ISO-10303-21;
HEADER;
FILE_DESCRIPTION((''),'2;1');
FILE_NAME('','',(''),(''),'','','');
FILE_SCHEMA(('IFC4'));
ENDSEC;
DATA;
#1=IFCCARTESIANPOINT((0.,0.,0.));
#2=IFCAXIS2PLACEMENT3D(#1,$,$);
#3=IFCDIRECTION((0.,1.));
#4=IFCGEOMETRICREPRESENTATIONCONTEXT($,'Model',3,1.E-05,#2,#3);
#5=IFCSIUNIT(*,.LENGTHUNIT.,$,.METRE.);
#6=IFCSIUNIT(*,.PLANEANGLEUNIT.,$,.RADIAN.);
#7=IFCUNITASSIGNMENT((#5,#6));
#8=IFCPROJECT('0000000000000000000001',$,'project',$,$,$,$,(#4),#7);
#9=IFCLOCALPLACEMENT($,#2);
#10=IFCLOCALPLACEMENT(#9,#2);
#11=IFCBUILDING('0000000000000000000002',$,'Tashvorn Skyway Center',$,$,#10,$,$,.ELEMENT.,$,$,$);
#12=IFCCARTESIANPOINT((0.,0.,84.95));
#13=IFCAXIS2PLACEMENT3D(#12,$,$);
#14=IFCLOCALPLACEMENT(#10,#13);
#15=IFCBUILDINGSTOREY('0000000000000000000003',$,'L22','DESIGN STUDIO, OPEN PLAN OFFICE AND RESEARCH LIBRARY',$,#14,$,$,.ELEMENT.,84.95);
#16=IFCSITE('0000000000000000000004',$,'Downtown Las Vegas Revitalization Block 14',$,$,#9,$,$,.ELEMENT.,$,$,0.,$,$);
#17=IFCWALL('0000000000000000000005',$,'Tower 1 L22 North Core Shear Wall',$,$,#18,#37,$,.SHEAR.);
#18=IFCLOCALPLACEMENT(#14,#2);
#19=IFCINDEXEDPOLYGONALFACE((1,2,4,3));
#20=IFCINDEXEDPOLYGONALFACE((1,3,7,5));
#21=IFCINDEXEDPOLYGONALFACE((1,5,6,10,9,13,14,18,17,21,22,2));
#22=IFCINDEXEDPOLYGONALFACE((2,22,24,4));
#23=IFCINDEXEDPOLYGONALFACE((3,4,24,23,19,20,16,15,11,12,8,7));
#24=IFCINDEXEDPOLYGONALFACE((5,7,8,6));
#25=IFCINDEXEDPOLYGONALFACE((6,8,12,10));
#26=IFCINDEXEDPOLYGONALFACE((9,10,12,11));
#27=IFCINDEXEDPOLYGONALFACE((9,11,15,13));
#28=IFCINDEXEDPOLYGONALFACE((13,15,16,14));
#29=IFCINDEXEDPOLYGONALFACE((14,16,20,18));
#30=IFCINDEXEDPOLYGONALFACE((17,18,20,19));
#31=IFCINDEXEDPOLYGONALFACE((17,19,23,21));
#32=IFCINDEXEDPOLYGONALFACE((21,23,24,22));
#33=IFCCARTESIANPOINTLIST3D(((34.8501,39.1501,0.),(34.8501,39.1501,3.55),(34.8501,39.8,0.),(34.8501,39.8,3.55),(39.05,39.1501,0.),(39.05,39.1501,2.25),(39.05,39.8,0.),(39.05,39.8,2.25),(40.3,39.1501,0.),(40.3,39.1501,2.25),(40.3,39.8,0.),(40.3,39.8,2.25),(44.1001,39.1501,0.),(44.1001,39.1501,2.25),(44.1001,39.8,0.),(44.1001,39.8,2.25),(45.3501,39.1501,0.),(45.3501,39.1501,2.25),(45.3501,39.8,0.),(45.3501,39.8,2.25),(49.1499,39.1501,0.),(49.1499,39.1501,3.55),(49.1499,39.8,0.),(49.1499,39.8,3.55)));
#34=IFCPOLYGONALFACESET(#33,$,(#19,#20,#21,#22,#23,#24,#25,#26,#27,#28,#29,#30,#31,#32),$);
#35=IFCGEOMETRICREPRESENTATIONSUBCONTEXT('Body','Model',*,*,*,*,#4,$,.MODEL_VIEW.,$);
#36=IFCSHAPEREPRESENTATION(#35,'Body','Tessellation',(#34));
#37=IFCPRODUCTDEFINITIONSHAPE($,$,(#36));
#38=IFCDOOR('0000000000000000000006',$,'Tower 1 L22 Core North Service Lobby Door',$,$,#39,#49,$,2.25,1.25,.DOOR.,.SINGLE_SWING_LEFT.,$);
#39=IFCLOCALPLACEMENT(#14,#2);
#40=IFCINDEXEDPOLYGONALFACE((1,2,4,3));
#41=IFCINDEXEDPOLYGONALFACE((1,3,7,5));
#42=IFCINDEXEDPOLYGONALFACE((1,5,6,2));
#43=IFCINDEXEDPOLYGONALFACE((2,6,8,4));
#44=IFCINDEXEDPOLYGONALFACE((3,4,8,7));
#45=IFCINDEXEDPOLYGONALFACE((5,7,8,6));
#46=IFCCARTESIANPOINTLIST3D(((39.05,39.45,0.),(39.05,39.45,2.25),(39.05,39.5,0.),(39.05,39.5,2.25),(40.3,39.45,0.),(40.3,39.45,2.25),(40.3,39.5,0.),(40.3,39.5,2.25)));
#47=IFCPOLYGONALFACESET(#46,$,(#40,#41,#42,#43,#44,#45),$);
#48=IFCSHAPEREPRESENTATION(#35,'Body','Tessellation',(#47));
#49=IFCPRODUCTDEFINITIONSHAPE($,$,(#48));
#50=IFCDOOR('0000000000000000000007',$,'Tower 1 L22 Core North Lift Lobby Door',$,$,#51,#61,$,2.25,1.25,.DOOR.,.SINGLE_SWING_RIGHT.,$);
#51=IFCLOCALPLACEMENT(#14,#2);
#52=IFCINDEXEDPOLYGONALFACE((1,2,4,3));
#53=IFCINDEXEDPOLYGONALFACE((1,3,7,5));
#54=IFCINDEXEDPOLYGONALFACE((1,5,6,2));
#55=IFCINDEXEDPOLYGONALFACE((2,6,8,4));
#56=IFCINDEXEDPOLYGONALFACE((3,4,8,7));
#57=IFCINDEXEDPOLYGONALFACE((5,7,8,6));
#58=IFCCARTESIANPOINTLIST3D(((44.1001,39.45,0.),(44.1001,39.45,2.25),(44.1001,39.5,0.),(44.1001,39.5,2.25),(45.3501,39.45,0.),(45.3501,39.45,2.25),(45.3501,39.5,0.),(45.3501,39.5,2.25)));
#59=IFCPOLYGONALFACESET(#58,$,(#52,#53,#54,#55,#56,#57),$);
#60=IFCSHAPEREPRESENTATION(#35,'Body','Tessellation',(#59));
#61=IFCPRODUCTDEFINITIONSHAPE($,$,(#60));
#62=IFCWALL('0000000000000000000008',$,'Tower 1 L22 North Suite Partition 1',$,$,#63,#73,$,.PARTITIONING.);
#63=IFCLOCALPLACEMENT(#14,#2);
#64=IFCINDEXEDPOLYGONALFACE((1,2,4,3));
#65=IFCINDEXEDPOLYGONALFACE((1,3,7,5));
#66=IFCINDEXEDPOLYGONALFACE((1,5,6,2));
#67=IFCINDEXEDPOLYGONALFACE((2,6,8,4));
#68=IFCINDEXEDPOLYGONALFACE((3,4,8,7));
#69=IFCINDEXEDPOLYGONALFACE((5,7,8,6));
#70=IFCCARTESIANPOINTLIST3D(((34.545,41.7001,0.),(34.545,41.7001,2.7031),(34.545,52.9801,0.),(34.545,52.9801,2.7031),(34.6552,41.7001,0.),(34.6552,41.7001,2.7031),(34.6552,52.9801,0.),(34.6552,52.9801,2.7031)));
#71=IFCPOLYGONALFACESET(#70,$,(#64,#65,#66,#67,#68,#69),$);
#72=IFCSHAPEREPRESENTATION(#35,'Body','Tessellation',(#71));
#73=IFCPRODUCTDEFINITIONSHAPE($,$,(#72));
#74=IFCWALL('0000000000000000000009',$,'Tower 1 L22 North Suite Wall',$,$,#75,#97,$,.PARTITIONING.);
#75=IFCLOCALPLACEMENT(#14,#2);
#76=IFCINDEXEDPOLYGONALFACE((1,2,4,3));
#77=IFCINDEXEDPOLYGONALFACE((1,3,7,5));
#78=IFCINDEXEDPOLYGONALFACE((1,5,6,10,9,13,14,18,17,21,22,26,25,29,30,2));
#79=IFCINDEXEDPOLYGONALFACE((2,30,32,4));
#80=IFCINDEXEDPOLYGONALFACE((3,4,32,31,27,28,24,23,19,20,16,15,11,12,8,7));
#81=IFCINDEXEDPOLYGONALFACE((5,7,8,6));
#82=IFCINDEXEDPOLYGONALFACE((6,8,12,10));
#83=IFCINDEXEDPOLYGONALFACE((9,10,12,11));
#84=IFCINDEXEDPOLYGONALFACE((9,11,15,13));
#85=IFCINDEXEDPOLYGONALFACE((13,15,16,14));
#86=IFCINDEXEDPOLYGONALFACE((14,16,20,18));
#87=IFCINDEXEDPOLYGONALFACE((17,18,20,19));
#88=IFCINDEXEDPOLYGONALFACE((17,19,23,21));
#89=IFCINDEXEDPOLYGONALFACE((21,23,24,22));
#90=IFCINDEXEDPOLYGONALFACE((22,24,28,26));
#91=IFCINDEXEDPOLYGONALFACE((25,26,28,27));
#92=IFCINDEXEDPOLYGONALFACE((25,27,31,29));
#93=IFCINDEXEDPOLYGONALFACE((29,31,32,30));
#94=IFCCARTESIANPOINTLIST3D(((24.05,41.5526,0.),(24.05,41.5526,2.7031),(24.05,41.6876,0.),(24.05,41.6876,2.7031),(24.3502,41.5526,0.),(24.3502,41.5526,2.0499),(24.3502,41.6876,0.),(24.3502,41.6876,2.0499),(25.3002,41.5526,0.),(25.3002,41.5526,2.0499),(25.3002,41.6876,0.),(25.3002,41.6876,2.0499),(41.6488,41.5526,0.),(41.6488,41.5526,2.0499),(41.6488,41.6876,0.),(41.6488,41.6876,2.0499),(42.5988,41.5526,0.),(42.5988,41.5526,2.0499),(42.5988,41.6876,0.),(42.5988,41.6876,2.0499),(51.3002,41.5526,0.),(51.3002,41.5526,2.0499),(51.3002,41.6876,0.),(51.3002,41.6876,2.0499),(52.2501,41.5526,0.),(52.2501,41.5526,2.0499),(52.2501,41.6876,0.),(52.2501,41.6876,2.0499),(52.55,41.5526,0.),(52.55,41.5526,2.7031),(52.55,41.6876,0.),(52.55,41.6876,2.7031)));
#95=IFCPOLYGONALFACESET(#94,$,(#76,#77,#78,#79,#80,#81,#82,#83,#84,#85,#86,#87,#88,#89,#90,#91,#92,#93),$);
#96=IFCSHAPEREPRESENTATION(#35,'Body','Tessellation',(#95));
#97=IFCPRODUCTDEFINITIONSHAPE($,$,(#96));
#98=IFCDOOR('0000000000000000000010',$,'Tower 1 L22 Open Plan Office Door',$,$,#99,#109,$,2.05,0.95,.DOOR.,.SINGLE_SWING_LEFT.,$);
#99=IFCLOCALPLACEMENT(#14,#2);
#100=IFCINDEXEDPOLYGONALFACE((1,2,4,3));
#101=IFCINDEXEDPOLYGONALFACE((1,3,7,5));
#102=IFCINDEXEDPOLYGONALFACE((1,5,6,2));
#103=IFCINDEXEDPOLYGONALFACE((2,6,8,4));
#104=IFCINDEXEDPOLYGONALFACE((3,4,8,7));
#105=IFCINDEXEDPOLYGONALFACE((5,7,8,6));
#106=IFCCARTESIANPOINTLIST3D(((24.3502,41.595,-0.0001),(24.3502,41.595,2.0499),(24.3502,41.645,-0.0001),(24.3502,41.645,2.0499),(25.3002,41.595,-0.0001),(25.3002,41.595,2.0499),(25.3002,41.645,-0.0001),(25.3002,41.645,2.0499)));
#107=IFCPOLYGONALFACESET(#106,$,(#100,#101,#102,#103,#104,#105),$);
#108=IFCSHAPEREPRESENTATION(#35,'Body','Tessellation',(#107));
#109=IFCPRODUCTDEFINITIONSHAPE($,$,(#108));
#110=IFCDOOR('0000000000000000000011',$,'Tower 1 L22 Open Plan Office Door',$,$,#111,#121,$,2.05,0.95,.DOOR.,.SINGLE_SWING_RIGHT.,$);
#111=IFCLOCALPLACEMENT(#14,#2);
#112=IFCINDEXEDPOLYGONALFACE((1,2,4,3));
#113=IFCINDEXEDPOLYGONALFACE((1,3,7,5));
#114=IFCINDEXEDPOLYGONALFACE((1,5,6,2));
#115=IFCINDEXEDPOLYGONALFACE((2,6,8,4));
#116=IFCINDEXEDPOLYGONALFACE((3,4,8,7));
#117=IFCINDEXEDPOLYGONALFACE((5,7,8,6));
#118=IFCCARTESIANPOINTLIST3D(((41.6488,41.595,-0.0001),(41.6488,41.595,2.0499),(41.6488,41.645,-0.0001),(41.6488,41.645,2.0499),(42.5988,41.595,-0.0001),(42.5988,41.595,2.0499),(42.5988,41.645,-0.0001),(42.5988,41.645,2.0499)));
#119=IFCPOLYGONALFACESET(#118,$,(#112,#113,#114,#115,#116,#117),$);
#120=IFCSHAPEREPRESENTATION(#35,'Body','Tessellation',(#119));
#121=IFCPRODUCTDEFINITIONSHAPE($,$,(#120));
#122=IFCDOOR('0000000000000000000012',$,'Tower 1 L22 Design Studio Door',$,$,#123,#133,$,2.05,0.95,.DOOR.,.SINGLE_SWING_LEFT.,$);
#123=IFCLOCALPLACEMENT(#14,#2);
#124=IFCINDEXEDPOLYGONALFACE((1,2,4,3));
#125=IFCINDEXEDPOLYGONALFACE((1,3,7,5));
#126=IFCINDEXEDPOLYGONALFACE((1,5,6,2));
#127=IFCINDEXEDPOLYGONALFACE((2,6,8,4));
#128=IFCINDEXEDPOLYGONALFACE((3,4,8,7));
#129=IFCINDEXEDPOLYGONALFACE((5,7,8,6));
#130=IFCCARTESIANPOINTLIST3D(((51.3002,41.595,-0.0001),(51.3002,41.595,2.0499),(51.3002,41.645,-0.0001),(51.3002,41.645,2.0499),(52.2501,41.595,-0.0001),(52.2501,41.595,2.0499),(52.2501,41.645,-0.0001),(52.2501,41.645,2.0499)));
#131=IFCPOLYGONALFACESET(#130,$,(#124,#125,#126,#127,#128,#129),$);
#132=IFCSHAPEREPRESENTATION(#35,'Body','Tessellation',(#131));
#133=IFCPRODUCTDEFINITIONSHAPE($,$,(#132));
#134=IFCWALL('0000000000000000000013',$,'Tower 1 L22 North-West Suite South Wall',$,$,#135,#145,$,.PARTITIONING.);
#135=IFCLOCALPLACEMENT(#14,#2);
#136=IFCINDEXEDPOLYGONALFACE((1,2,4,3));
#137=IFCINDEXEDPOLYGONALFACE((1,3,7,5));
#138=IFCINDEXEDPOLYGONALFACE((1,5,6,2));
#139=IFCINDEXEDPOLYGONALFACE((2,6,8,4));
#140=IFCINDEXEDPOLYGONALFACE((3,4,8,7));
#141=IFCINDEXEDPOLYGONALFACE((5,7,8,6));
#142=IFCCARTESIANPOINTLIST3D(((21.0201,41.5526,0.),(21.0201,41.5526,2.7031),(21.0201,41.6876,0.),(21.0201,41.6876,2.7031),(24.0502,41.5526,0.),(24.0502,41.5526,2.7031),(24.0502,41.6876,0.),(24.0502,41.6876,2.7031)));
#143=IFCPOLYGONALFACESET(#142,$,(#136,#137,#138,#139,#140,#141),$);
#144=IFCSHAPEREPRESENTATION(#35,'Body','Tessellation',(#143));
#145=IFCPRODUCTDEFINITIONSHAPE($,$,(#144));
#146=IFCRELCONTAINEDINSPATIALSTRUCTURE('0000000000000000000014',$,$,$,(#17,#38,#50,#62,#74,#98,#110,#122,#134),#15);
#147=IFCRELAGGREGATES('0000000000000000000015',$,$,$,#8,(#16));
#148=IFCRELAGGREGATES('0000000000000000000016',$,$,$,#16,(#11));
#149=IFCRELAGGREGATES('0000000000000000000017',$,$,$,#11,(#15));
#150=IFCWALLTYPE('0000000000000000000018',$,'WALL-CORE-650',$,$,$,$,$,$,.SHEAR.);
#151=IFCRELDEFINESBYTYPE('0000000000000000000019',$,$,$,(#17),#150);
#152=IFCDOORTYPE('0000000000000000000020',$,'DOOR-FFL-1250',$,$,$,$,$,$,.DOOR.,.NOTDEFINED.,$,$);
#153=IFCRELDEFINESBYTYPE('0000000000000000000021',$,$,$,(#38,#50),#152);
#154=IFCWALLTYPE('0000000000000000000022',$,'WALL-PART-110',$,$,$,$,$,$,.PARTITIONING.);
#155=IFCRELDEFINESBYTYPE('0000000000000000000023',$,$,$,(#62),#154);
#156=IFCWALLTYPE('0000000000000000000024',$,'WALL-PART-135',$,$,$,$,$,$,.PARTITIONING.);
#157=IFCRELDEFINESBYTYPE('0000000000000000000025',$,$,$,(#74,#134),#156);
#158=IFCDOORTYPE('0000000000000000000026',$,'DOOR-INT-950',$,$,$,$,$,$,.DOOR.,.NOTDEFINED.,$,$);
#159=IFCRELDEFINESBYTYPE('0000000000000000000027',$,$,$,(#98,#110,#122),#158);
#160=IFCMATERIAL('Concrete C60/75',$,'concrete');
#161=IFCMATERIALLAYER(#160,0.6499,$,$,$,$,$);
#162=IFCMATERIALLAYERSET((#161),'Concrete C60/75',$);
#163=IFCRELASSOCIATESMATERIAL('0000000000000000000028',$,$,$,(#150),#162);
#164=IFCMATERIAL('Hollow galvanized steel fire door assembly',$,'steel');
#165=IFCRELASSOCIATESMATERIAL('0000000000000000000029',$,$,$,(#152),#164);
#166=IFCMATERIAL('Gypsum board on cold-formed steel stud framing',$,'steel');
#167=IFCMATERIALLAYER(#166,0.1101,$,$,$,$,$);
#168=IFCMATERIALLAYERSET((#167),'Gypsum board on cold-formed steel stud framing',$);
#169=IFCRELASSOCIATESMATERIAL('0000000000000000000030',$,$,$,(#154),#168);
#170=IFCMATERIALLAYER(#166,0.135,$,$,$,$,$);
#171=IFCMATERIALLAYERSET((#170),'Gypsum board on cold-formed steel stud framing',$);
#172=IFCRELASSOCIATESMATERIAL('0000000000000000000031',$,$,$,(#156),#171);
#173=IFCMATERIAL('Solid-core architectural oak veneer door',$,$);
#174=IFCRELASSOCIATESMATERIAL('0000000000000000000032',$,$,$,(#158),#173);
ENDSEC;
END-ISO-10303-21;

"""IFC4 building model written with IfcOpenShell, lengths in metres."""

from ifc_helpers import new_model, si_unit, direction, frame, frame_2d, origin, place, context, subcontext, project, spatial, rectangle, extrude, material, layer, layer_set, type_object, element, fill, save


model = new_model("IFC4")

# Units and contexts
model_context = context("Model", 3, precision=1e-05, world=origin(), true_north=direction((0.0, 1.0)))
body_context = subcontext(model_context, "Body", "Model", "MODEL_VIEW")
ifc_project = project(units=[si_unit("LENGTHUNIT", "METRE"), si_unit("PLANEANGLEUNIT", "RADIAN")], contexts=[model_context])

# Site, building, storey
site_placement = place(None, origin())
site = spatial("IfcSite", under=ifc_project, at=site_placement, Name="Downtown Las Vegas Revitalization Block 14", CompositionType="ELEMENT", RefElevation=0.0)
building_placement = place(site_placement, origin())
building = spatial("IfcBuilding", under=site, at=building_placement, Name="Tashvorn Skyway Center", CompositionType="ELEMENT")
storey_placement = place(building_placement, frame((0.0, 0.0, 84.95)))
storey = spatial("IfcBuildingStorey", under=building, at=storey_placement, Name="L22", Description="DESIGN STUDIO, OPEN PLAN OFFICE AND RESEARCH LIBRARY", CompositionType="ELEMENT", Elevation=84.95)

# Wall, openings, doors
ifc_material_1 = material(Name="Concrete C60/75", Category="concrete")
ifc_layer_1 = layer(ifc_material_1, 0.6499)
ifc_layer_set_1 = layer_set([ifc_layer_1], Name="Concrete C60/75")
wall_type_1 = type_object("IfcWallType", Name="WALL-CORE-650", PredefinedType="SHEAR", material=ifc_layer_set_1)
wall_1_placement = place(storey_placement, frame((34.8501, 39.4751, 0.0), z_axis=(0.0, 0.0, 1.0), x_axis=(1.0, 0.0, 0.0)))
wall_1 = element("IfcWall", 1, at=wall_1_placement, inside=storey, type_object=wall_type_1, Name="Tower 1 L22 North Core Shear Wall", PredefinedType="SHEAR", context=body_context, shape_type="SweptSolid", body=[
    extrude(rectangle(XDim=14.2998, YDim=0.6499, at=frame_2d((7.1499, 0.0))), origin(), (0.0, 0.0, 1.0), 3.55),
])
opening_1_placement = place(wall_1_placement, frame((4.2, 0.0, 0.0)))
opening_1 = element("IfcOpeningElement", 2, at=opening_1_placement, cuts=wall_1, PredefinedType="OPENING", context=body_context, shape_type="SweptSolid", body=[
    extrude(rectangle(XDim=1.25, YDim=2.25, at=frame_2d((0.625, 1.125))), frame((0.0, 0.335, 0.0), z_axis=(0.0, -1.0, 0.0), x_axis=(1.0, 0.0, 0.0)), (0.0, 0.0, 1.0), 0.6699),
])
opening_2_placement = place(wall_1_placement, frame((9.25, 0.0, 0.0)))
opening_2 = element("IfcOpeningElement", 3, at=opening_2_placement, cuts=wall_1, PredefinedType="OPENING", context=body_context, shape_type="SweptSolid", body=[
    extrude(rectangle(XDim=1.25, YDim=2.25, at=frame_2d((0.625, 1.125))), frame((0.0, 0.335, 0.0), z_axis=(0.0, -1.0, 0.0), x_axis=(1.0, 0.0, 0.0)), (0.0, 0.0, 1.0), 0.6699),
])
ifc_material_2 = material(Name="Hollow galvanized steel fire door assembly", Category="steel")
door_type_1 = type_object("IfcDoorType", Name="DOOR-FFL-1250", OperationType="NOTDEFINED", PredefinedType="DOOR", material=ifc_material_2)
door_1_placement = place(opening_1_placement, origin())
door_1 = element("IfcDoor", 4, at=door_1_placement, inside=storey, type_object=door_type_1, Name="Tower 1 L22 Core North Service Lobby Door", OperationType="SINGLE_SWING_LEFT", OverallHeight=2.25, OverallWidth=1.25, PredefinedType="DOOR", context=body_context, shape_type="SweptSolid", body=[
    extrude(rectangle(XDim=1.25, YDim=2.25, at=frame_2d((0.625, 1.125))), frame((0.0, 0.0249, 0.0), z_axis=(0.0, -1.0, 0.0), x_axis=(1.0, 0.0, 0.0)), (0.0, 0.0, 1.0), 0.05),
])
fill(opening_1, door_1)
door_2_placement = place(opening_2_placement, origin())
door_2 = element("IfcDoor", 5, at=door_2_placement, inside=storey, type_object=door_type_1, Name="Tower 1 L22 Core North Lift Lobby Door", OperationType="SINGLE_SWING_RIGHT", OverallHeight=2.25, OverallWidth=1.25, PredefinedType="DOOR", context=body_context, shape_type="SweptSolid", body=[
    extrude(rectangle(XDim=1.25, YDim=2.25, at=frame_2d((0.625, 1.125))), frame((0.0, 0.0249, 0.0), z_axis=(0.0, -1.0, 0.0), x_axis=(1.0, 0.0, 0.0)), (0.0, 0.0, 1.0), 0.05),
])
fill(opening_2, door_2)

# Wall
ifc_material_3 = material(Name="Gypsum board on cold-formed steel stud framing", Category="steel")
ifc_layer_2 = layer(ifc_material_3, 0.1101)
ifc_layer_set_2 = layer_set([ifc_layer_2], Name="Gypsum board on cold-formed steel stud framing")
wall_type_2 = type_object("IfcWallType", Name="WALL-PART-110", PredefinedType="PARTITIONING", material=ifc_layer_set_2)
wall_2_placement = place(storey_placement, frame((34.6001, 41.7, 0.0), z_axis=(0.0, 0.0, 1.0), x_axis=(0.0, 1.0, 0.0)))
element("IfcWall", 6, at=wall_2_placement, inside=storey, type_object=wall_type_2, Name="Tower 1 L22 North Suite Partition 1", PredefinedType="PARTITIONING", context=body_context, shape_type="SweptSolid", body=[
    extrude(rectangle(XDim=11.28, YDim=0.1101, at=frame_2d((5.6401, 0.0))), origin(), (0.0, 0.0, 1.0), 2.7031),
])

# Wall, openings, doors
ifc_layer_3 = layer(ifc_material_3, 0.135)
ifc_layer_set_3 = layer_set([ifc_layer_3], Name="Gypsum board on cold-formed steel stud framing")
wall_type_3 = type_object("IfcWallType", Name="WALL-PART-135", PredefinedType="PARTITIONING", material=ifc_layer_set_3)
wall_3_placement = place(storey_placement, frame((24.05, 41.6201, 0.0), z_axis=(0.0, 0.0, 1.0), x_axis=(1.0, 0.0, 0.0)))
wall_3 = element("IfcWall", 7, at=wall_3_placement, inside=storey, type_object=wall_type_3, Name="Tower 1 L22 North Suite Wall", PredefinedType="PARTITIONING", context=body_context, shape_type="SweptSolid", body=[
    extrude(rectangle(XDim=28.5, YDim=0.135, at=frame_2d((14.25, 0.0))), origin(), (0.0, 0.0, 1.0), 2.7031),
])
opening_3_placement = place(wall_3_placement, frame((0.3, 0.0, 0.0)))
opening_3 = element("IfcOpeningElement", 8, at=opening_3_placement, cuts=wall_3, PredefinedType="OPENING", context=body_context, shape_type="SweptSolid", body=[
    extrude(rectangle(XDim=0.95, YDim=2.05, at=frame_2d((0.4751, 1.0249))), frame((0.0, 0.0774, 0.0), z_axis=(0.0, -1.0, 0.0), x_axis=(1.0, 0.0, 0.0)), (0.0, 0.0, 1.0), 0.155),
])
opening_4_placement = place(wall_3_placement, frame((17.5986, 0.0, 0.0)))
opening_4 = element("IfcOpeningElement", 9, at=opening_4_placement, cuts=wall_3, PredefinedType="OPENING", context=body_context, shape_type="SweptSolid", body=[
    extrude(rectangle(XDim=0.95, YDim=2.05, at=frame_2d((0.4751, 1.0249))), frame((0.0, 0.0774, 0.0), z_axis=(0.0, -1.0, 0.0), x_axis=(1.0, 0.0, 0.0)), (0.0, 0.0, 1.0), 0.155),
])
opening_5_placement = place(wall_3_placement, frame((27.25, 0.0, 0.0)))
opening_5 = element("IfcOpeningElement", 10, at=opening_5_placement, cuts=wall_3, PredefinedType="OPENING", context=body_context, shape_type="SweptSolid", body=[
    extrude(rectangle(XDim=0.95, YDim=2.05, at=frame_2d((0.4751, 1.0249))), frame((0.0, 0.0774, 0.0), z_axis=(0.0, -1.0, 0.0), x_axis=(1.0, 0.0, 0.0)), (0.0, 0.0, 1.0), 0.155),
])
ifc_material_4 = material(Name="Solid-core architectural oak veneer door")
door_type_2 = type_object("IfcDoorType", Name="DOOR-INT-950", OperationType="NOTDEFINED", PredefinedType="DOOR", material=ifc_material_4)
door_3_placement = place(opening_3_placement, origin())
door_3 = element("IfcDoor", 11, at=door_3_placement, inside=storey, type_object=door_type_2, Name="Tower 1 L22 Open Plan Office Door", OperationType="SINGLE_SWING_LEFT", OverallHeight=2.05, OverallWidth=0.95, PredefinedType="DOOR", context=body_context, shape_type="SweptSolid", body=[
    extrude(rectangle(XDim=0.95, YDim=2.05, at=frame_2d((0.4751, 1.0249))), frame((0.0, 0.0249, 0.0), z_axis=(0.0, -1.0, 0.0), x_axis=(1.0, 0.0, 0.0)), (0.0, 0.0, 1.0), 0.05),
])
fill(opening_3, door_3)
door_4_placement = place(opening_4_placement, origin())
door_4 = element("IfcDoor", 12, at=door_4_placement, inside=storey, type_object=door_type_2, Name="Tower 1 L22 Open Plan Office Door", OperationType="SINGLE_SWING_RIGHT", OverallHeight=2.05, OverallWidth=0.95, PredefinedType="DOOR", context=body_context, shape_type="SweptSolid", body=[
    extrude(rectangle(XDim=0.95, YDim=2.05, at=frame_2d((0.4751, 1.0249))), frame((0.0, 0.0249, 0.0), z_axis=(0.0, -1.0, 0.0), x_axis=(1.0, 0.0, 0.0)), (0.0, 0.0, 1.0), 0.05),
])
fill(opening_4, door_4)
door_5_placement = place(opening_5_placement, origin())
door_5 = element("IfcDoor", 13, at=door_5_placement, inside=storey, type_object=door_type_2, Name="Tower 1 L22 Design Studio Door", OperationType="SINGLE_SWING_LEFT", OverallHeight=2.05, OverallWidth=0.95, PredefinedType="DOOR", context=body_context, shape_type="SweptSolid", body=[
    extrude(rectangle(XDim=0.95, YDim=2.05, at=frame_2d((0.4751, 1.0249))), frame((0.0, 0.0249, 0.0), z_axis=(0.0, -1.0, 0.0), x_axis=(1.0, 0.0, 0.0)), (0.0, 0.0, 1.0), 0.05),
])
fill(opening_5, door_5)

# Wall
wall_4_placement = place(storey_placement, frame((21.02, 41.6201, 0.0), z_axis=(0.0, 0.0, 1.0), x_axis=(1.0, 0.0, 0.0)))
element("IfcWall", 14, at=wall_4_placement, inside=storey, type_object=wall_type_3, Name="Tower 1 L22 North-West Suite South Wall", PredefinedType="PARTITIONING", context=body_context, shape_type="SweptSolid", body=[
    extrude(rectangle(XDim=3.03, YDim=0.135, at=frame_2d((1.5151, 0.0))), origin(), (0.0, 0.0, 1.0), 2.7031),
])

save(model, "model.ifc")
